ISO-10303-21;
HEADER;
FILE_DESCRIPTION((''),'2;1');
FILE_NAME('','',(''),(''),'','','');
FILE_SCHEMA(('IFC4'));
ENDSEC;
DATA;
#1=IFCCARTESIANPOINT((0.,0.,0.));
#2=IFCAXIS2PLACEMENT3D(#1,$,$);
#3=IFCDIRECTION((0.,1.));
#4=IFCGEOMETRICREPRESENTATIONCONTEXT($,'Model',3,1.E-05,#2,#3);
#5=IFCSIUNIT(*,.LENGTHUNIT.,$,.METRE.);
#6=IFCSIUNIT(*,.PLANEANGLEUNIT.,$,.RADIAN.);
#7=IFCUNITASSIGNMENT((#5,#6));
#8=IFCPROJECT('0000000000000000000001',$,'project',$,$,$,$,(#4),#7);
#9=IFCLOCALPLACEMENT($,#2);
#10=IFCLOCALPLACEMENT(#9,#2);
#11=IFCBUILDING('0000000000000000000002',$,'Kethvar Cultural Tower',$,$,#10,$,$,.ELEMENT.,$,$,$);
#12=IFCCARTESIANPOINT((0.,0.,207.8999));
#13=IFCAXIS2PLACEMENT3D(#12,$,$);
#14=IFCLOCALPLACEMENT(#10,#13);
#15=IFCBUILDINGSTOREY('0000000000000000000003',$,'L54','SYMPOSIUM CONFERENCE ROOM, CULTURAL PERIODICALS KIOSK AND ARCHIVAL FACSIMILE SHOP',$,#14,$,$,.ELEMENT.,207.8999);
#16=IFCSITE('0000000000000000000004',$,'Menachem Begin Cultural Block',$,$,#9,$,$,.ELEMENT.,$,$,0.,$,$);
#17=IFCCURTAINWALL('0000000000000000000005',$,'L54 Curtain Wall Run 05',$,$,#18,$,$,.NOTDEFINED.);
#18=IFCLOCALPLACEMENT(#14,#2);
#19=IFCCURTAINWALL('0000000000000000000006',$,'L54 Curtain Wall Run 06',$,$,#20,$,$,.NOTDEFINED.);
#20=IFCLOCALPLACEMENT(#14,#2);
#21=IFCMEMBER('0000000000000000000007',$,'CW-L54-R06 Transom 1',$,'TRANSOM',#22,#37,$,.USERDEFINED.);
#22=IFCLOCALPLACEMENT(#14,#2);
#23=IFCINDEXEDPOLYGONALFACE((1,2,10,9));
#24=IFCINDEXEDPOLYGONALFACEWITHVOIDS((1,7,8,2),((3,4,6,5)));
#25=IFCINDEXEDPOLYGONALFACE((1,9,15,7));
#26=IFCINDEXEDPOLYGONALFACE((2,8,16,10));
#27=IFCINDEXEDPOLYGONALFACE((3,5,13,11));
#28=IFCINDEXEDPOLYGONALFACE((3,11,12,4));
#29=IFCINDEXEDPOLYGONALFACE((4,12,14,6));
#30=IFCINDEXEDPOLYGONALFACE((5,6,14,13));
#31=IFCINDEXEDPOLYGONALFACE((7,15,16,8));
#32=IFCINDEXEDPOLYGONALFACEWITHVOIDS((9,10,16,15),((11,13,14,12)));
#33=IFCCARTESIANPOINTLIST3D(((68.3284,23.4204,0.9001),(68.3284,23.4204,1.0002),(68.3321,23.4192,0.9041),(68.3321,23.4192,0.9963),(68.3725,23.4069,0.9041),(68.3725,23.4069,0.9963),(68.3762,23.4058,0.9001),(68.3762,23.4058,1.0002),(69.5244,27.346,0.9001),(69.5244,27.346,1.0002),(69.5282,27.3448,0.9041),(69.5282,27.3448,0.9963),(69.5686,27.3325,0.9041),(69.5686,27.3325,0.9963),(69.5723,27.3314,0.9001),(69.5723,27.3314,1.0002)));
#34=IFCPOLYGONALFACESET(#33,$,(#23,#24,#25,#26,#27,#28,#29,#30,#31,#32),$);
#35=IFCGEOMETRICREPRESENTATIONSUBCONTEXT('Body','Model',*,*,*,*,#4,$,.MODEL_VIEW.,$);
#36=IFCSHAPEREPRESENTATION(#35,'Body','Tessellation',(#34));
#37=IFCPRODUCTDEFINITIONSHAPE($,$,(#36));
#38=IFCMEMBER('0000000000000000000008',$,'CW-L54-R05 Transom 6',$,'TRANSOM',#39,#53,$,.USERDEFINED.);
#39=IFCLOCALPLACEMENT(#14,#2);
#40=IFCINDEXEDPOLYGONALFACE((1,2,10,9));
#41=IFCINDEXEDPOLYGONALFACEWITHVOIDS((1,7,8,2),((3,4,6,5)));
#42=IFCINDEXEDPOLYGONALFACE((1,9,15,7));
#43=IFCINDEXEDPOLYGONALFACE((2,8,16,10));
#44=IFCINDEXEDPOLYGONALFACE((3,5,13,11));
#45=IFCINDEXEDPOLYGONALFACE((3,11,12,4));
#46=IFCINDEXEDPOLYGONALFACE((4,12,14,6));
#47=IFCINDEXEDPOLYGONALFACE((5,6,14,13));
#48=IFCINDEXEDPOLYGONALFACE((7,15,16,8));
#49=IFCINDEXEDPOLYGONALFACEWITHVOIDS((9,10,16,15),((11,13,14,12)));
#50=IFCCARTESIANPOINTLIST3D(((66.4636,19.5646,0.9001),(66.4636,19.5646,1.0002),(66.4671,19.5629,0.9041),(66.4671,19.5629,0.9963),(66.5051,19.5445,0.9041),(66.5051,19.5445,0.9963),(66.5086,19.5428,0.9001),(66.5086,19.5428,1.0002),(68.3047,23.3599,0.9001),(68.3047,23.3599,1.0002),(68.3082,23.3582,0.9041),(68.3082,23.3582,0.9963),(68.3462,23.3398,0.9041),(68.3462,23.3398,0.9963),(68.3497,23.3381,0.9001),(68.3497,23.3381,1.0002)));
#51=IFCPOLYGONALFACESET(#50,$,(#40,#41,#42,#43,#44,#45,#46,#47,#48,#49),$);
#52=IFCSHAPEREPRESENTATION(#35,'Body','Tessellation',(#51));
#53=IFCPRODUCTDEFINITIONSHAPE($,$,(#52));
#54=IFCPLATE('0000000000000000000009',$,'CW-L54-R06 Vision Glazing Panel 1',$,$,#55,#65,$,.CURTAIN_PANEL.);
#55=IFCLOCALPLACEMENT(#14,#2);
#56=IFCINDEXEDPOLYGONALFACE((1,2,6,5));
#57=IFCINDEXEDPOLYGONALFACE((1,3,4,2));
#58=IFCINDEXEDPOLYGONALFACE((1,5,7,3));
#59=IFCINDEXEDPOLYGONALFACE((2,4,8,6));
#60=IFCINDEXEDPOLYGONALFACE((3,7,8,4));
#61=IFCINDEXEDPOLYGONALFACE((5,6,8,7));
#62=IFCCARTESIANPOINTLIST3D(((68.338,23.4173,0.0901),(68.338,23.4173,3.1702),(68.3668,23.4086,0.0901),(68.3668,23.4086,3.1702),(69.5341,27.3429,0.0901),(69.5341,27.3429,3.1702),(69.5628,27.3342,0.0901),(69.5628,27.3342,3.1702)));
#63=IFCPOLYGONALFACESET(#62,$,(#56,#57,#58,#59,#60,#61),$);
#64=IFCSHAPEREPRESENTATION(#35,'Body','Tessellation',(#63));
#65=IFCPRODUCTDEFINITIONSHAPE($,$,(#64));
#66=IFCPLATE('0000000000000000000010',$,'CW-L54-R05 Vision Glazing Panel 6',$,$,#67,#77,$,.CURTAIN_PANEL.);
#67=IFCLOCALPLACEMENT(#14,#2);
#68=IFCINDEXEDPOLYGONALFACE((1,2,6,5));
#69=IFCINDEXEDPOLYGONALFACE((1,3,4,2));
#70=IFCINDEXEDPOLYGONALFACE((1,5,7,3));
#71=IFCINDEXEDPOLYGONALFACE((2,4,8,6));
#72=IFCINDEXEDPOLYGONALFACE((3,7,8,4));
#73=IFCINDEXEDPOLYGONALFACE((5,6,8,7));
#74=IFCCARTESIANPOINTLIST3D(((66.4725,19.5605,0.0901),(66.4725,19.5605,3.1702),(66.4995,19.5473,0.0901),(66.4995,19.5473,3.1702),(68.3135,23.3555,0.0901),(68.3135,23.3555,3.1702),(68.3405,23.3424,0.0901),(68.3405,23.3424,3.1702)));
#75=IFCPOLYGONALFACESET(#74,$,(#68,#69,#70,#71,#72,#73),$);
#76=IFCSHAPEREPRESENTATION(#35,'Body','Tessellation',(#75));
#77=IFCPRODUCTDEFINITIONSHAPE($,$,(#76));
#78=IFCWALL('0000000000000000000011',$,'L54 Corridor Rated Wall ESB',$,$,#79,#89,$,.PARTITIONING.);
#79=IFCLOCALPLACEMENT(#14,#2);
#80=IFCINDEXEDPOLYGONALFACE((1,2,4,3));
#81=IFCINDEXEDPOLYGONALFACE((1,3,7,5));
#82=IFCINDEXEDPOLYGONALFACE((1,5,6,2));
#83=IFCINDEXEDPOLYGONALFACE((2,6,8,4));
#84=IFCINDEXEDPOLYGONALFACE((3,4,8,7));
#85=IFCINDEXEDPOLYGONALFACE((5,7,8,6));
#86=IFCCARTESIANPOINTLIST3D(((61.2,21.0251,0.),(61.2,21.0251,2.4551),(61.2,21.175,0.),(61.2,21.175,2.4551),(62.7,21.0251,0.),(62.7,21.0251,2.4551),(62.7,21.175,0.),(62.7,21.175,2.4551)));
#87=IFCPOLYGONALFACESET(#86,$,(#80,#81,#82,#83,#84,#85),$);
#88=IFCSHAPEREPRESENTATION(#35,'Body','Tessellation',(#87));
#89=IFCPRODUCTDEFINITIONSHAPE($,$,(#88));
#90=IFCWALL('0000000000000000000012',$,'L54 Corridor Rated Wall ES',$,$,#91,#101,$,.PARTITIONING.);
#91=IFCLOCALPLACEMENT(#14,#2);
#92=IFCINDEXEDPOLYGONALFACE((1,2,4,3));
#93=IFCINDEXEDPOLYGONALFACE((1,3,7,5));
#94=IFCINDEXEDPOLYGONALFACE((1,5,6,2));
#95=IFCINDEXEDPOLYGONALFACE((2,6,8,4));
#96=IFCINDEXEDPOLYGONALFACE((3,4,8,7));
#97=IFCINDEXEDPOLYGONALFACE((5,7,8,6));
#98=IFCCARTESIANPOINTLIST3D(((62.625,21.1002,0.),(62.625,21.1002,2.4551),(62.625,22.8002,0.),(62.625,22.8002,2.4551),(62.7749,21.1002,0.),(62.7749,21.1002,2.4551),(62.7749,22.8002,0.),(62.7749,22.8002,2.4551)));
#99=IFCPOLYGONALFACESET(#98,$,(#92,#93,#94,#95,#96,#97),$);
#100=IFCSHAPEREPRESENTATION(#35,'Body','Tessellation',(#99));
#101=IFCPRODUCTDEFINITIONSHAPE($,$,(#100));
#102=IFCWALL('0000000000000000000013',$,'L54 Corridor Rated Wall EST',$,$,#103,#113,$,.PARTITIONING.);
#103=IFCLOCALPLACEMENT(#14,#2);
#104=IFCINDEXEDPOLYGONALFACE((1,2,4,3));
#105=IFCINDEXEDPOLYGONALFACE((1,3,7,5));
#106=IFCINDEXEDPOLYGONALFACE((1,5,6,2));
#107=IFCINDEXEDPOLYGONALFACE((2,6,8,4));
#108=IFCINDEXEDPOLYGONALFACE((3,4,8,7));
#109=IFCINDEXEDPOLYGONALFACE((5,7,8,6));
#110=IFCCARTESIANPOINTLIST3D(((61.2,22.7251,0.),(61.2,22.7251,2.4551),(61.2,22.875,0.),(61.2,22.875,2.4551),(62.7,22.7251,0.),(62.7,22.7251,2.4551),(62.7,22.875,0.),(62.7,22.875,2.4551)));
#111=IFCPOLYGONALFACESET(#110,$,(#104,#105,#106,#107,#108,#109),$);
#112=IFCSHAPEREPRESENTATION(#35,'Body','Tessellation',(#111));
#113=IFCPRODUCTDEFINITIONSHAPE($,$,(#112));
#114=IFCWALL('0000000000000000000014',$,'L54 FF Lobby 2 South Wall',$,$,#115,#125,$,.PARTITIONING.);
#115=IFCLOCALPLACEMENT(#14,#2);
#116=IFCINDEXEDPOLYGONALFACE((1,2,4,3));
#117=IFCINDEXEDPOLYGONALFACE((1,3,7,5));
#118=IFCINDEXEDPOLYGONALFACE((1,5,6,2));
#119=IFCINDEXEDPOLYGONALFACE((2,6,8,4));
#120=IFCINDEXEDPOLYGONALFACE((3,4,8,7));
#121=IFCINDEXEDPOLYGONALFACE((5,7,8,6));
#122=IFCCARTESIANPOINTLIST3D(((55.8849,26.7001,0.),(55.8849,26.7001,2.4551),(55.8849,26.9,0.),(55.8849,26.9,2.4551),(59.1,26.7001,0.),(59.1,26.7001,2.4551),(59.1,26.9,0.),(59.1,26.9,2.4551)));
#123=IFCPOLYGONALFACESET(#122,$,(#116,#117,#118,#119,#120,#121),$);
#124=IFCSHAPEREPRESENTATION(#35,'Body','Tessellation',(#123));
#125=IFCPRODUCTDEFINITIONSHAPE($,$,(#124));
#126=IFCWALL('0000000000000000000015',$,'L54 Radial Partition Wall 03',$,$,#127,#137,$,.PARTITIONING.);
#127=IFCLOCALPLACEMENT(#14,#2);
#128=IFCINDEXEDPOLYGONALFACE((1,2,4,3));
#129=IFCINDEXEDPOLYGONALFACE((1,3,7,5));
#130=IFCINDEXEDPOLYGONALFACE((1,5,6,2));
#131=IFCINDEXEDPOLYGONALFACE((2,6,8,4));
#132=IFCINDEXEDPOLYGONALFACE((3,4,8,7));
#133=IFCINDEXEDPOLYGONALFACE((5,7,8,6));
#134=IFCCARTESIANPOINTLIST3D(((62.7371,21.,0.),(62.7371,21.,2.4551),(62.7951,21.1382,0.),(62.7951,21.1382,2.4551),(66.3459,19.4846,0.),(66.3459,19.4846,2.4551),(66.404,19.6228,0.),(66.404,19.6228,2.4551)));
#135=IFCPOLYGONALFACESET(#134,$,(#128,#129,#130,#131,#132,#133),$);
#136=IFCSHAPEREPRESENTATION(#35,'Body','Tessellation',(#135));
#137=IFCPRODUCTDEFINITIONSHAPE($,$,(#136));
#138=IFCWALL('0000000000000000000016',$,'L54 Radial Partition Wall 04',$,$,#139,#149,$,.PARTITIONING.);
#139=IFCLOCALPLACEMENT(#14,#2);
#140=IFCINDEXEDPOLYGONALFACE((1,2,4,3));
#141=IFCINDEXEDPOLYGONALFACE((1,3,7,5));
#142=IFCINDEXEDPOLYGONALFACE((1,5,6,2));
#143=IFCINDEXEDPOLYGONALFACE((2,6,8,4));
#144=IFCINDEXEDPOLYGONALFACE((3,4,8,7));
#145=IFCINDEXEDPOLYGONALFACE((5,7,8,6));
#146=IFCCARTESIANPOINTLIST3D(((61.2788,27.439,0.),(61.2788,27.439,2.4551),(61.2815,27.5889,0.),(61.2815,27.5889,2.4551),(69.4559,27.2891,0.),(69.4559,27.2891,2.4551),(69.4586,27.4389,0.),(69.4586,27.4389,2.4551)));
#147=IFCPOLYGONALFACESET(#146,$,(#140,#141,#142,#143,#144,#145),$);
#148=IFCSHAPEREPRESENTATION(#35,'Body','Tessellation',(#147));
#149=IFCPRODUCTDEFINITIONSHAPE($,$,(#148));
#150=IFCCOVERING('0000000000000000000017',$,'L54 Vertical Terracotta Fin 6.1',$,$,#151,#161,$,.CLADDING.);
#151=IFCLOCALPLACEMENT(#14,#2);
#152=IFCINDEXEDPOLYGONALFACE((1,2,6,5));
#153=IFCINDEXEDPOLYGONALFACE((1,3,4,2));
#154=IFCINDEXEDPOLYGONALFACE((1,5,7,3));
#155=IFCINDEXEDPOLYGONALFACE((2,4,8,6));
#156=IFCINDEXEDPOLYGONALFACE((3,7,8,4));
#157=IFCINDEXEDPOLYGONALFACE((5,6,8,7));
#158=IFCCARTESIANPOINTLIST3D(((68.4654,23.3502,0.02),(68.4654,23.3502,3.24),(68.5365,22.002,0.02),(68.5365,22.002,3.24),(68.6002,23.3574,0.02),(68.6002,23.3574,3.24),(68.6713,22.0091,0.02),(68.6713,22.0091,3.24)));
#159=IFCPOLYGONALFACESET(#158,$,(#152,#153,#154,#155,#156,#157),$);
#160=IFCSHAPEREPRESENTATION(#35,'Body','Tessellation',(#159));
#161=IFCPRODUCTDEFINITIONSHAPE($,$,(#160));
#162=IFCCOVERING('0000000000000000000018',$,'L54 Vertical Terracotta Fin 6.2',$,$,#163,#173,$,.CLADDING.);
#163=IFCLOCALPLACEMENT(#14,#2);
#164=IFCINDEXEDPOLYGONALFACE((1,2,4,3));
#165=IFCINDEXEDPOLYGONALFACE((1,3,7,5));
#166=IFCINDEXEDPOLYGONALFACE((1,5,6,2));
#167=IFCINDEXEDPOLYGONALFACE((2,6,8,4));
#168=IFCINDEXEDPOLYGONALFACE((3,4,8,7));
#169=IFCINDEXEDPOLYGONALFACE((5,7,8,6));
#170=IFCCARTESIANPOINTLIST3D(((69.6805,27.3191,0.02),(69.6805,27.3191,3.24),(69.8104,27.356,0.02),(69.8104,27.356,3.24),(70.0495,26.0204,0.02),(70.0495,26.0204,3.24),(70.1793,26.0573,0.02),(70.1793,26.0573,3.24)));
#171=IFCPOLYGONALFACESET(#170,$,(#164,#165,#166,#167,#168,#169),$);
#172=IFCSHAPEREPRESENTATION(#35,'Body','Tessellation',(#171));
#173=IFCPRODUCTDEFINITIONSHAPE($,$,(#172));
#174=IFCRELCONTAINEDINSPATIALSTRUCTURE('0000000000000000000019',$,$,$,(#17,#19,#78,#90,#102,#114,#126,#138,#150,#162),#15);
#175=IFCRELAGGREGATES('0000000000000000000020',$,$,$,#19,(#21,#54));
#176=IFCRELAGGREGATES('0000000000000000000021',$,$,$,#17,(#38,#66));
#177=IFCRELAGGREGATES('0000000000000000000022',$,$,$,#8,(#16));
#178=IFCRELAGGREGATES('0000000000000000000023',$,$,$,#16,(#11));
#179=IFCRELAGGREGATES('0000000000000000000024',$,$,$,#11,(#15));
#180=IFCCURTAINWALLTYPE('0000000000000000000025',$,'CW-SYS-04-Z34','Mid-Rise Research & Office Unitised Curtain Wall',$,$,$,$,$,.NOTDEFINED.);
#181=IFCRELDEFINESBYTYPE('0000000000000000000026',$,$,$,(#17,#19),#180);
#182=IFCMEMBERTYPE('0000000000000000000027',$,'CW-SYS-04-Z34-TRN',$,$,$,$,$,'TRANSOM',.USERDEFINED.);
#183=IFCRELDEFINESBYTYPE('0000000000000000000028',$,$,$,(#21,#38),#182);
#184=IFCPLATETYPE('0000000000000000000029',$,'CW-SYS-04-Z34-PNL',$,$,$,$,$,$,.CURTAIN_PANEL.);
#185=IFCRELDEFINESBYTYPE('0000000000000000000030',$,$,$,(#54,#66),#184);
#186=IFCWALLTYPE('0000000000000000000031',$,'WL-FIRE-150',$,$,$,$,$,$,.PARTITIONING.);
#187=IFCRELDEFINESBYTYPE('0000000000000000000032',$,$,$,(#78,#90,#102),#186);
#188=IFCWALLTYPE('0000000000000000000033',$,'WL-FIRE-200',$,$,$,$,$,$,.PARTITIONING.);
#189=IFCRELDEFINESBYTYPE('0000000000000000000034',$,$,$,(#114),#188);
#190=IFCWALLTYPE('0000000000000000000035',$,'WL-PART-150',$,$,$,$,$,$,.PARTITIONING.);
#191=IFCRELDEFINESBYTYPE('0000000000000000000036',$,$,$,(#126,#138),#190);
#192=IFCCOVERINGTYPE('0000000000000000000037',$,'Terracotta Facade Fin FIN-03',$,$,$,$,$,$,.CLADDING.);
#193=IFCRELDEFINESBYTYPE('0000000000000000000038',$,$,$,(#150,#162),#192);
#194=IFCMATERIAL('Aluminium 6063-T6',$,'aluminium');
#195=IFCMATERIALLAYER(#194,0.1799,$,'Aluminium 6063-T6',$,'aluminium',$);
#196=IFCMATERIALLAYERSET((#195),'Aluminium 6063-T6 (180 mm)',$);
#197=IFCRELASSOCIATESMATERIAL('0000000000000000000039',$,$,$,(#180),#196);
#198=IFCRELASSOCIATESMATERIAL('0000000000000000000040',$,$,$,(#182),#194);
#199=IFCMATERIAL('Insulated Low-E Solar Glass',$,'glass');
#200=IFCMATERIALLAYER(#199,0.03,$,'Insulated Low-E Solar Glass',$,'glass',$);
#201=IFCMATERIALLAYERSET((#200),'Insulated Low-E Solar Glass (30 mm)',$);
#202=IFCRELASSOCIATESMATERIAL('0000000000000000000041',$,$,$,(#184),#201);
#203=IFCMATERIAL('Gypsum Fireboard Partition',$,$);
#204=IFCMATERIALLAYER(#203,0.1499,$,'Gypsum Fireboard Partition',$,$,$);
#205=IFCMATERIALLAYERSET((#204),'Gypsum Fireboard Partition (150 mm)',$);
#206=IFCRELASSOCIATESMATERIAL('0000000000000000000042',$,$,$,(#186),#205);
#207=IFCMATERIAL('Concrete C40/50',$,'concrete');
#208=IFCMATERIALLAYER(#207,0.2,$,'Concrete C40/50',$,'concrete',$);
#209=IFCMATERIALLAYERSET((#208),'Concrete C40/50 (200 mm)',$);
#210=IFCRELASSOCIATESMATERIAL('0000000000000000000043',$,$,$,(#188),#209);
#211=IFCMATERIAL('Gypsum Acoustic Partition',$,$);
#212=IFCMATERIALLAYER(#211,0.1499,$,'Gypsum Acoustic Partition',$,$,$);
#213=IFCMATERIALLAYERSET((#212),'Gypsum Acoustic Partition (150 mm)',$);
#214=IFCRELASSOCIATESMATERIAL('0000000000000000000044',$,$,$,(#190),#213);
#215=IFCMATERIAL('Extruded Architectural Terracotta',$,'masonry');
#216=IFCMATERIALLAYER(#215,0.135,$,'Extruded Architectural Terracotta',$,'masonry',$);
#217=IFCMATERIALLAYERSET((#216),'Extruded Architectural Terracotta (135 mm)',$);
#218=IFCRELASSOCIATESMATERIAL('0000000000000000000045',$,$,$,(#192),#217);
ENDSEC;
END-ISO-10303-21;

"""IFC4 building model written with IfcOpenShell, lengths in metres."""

from ifc_helpers import new_model, si_unit, direction, frame, frame_2d, origin, origin_2d, place, context, subcontext, project, spatial, rectangle, hollow_rectangle, extrude, source, transform, mapped, material, layer, layer_set, material_profile, profile_set, type_object, element, aggregate, save


model = new_model("IFC4")

# Units and contexts
model_context = context("Model", 3, precision=1e-05, world=origin(), true_north=direction((0.0, 1.0)))
body_context = subcontext(model_context, "Body", "Model", "MODEL_VIEW")
ifc_project = project(units=[si_unit("LENGTHUNIT", "METRE"), si_unit("PLANEANGLEUNIT", "RADIAN")], contexts=[model_context])

# Site, building, storey
site_placement = place(None, origin())
site = spatial("IfcSite", under=ifc_project, at=site_placement, Name="Menachem Begin Cultural Block", CompositionType="ELEMENT", RefElevation=0.0)
building_placement = place(site_placement, origin())
building = spatial("IfcBuilding", under=site, at=building_placement, Name="Kethvar Cultural Tower", CompositionType="ELEMENT")
storey_placement = place(building_placement, frame((0.0, 0.0, 207.8999)))
storey = spatial("IfcBuildingStorey", under=building, at=storey_placement, Name="L54", Description="SYMPOSIUM CONFERENCE ROOM, CULTURAL PERIODICALS KIOSK AND ARCHIVAL FACSIMILE SHOP", CompositionType="ELEMENT", Elevation=207.8999)

# Curtain walls, member
ifc_material_1 = material(Name="Aluminium 6063-T6", Category="aluminium")
ifc_layer_1 = layer(ifc_material_1, 0.1799, Name="Aluminium 6063-T6", Category="aluminium")
ifc_layer_set_1 = layer_set([ifc_layer_1], Name="Aluminium 6063-T6 (180 mm)")
curtain_wall_type = type_object("IfcCurtainWallType", Name="CW-SYS-04-Z34", Description="Mid-Rise Research & Office Unitised Curtain Wall", PredefinedType="NOTDEFINED", material=ifc_layer_set_1)
curtain_wall_1_placement = place(storey_placement, origin())
curtain_wall_1 = element("IfcCurtainWall", 1, at=curtain_wall_1_placement, inside=storey, type_object=curtain_wall_type, Name="L54 Curtain Wall Run 05", PredefinedType="NOTDEFINED")
curtain_wall_2_placement = place(storey_placement, origin())
curtain_wall_2 = element("IfcCurtainWall", 2, at=curtain_wall_2_placement, inside=storey, type_object=curtain_wall_type, Name="L54 Curtain Wall Run 06", PredefinedType="NOTDEFINED")
ifc_material_profile_1 = material_profile(ifc_material_1, hollow_rectangle(XDim=0.05, YDim=0.1001, WallThickness=0.0039, at=origin_2d()), Name="Aluminium 6063-T6 — RHS100x50x4")
ifc_profile_set_1 = profile_set([ifc_material_profile_1], Name="Aluminium 6063-T6 — RHS100x50x4")
member_type_1 = type_object("IfcMemberType", Name="CW-SYS-04-Z34-TRN", ElementType="TRANSOM", PredefinedType="USERDEFINED", material=ifc_profile_set_1)
shared_shape_1 = source(origin(), body_context, "Body", "SweptSolid", [
    extrude(hollow_rectangle(XDim=0.05, YDim=0.1001, WallThickness=0.0039, at=origin_2d()), origin(), (0.0, 0.0, 1.0), 4.1038),
])
member_1_placement = place(storey_placement, frame((68.3523, 23.4131, 0.9502), z_axis=(0.291455, 0.956584, 0.0), x_axis=(-0.956584, 0.291455, 0.0)))
member_1 = element("IfcMember", 3, at=member_1_placement, type_object=member_type_1, Name="CW-L54-R06 Transom 1", ObjectType="TRANSOM", PredefinedType="USERDEFINED", context=body_context, shape_type="MappedRepresentation", body=[
    mapped(shared_shape_1, transform((0.0, 0.0, 0.0), scale=1.0)),
])

# Member
shared_shape_2 = source(origin(), body_context, "Body", "SweptSolid", [
    extrude(hollow_rectangle(XDim=0.05, YDim=0.1001, WallThickness=0.0039, at=origin_2d()), origin(), (0.0, 0.0, 1.0), 4.2183),
])
member_2_placement = place(storey_placement, frame((66.4861, 19.5537, 0.9502), z_axis=(0.436462, 0.899723, 0.0), x_axis=(-0.899723, 0.436462, 0.0)))
member_2 = element("IfcMember", 4, at=member_2_placement, type_object=member_type_1, Name="CW-L54-R05 Transom 6", ObjectType="TRANSOM", PredefinedType="USERDEFINED", context=body_context, shape_type="MappedRepresentation", body=[
    mapped(shared_shape_2, transform((0.0, 0.0, 0.0), scale=1.0)),
])

# Plates
ifc_material_2 = material(Name="Insulated Low-E Solar Glass", Category="glass")
ifc_layer_2 = layer(ifc_material_2, 0.03, Name="Insulated Low-E Solar Glass", Category="glass")
ifc_layer_set_2 = layer_set([ifc_layer_2], Name="Insulated Low-E Solar Glass (30 mm)")
plate_type = type_object("IfcPlateType", Name="CW-SYS-04-Z34-PNL", PredefinedType="CURTAIN_PANEL", material=ifc_layer_set_2)
shared_shape_3 = source(origin(), body_context, "Body", "SweptSolid", [
    extrude(rectangle(XDim=4.1038, YDim=0.03, at=origin_2d()), origin(), (0.0, 0.0, 1.0), 3.0801),
])
plate_1_placement = place(storey_placement, frame((68.9504, 25.3757, 0.0901), z_axis=(0.0, 0.0, 1.0), x_axis=(0.291454, 0.956585, 0.0)))
plate_1 = element("IfcPlate", 5, at=plate_1_placement, type_object=plate_type, Name="CW-L54-R06 Vision Glazing Panel 1", PredefinedType="CURTAIN_PANEL", context=body_context, shape_type="MappedRepresentation", body=[
    mapped(shared_shape_3, transform((0.0, 0.0, 0.0), scale=1.0)),
])
aggregate(curtain_wall_2, [member_1, plate_1])
shared_shape_4 = source(origin(), body_context, "Body", "SweptSolid", [
    extrude(rectangle(XDim=4.218, YDim=0.03, at=origin_2d()), origin(), (0.0, 0.0, 1.0), 3.0801),
])
plate_2_placement = place(storey_placement, frame((67.4065, 21.4514, 0.0901), z_axis=(0.0, 0.0, 1.0), x_axis=(0.436472, 0.899718, 0.0)))
plate_2 = element("IfcPlate", 6, at=plate_2_placement, type_object=plate_type, Name="CW-L54-R05 Vision Glazing Panel 6", PredefinedType="CURTAIN_PANEL", context=body_context, shape_type="MappedRepresentation", body=[
    mapped(shared_shape_4, transform((0.0, 0.0, 0.0), scale=1.0)),
])
aggregate(curtain_wall_1, [member_2, plate_2])

# Walls
ifc_material_3 = material(Name="Gypsum Fireboard Partition")
ifc_layer_3 = layer(ifc_material_3, 0.1499, Name="Gypsum Fireboard Partition")
ifc_layer_set_3 = layer_set([ifc_layer_3], Name="Gypsum Fireboard Partition (150 mm)")
wall_type_1 = type_object("IfcWallType", Name="WL-FIRE-150", PredefinedType="PARTITIONING", material=ifc_layer_set_3)
wall_1_placement = place(storey_placement, frame((61.2, 21.1001, 0.0), z_axis=(0.0, 0.0, 1.0), x_axis=(1.0, 0.0, 0.0)))
element("IfcWall", 7, at=wall_1_placement, inside=storey, type_object=wall_type_1, Name="L54 Corridor Rated Wall ESB", PredefinedType="PARTITIONING", context=body_context, shape_type="SweptSolid", body=[
    extrude(rectangle(XDim=1.5, YDim=0.1499, at=frame_2d((0.75, 0.0))), origin(), (0.0, 0.0, 1.0), 2.4551),
])
wall_2_placement = place(storey_placement, frame((62.7, 21.1001, 0.0), z_axis=(0.0, 0.0, 1.0), x_axis=(0.0, 1.0, 0.0)))
element("IfcWall", 8, at=wall_2_placement, inside=storey, type_object=wall_type_1, Name="L54 Corridor Rated Wall ES", PredefinedType="PARTITIONING", context=body_context, shape_type="SweptSolid", body=[
    extrude(rectangle(XDim=1.7, YDim=0.1499, at=frame_2d((0.8501, 0.0))), origin(), (0.0, 0.0, 1.0), 2.4551),
])
wall_3_placement = place(storey_placement, frame((62.7, 22.8, 0.0), z_axis=(0.0, 0.0, 1.0), x_axis=(-1.0, 0.0, 0.0)))
element("IfcWall", 9, at=wall_3_placement, inside=storey, type_object=wall_type_1, Name="L54 Corridor Rated Wall EST", PredefinedType="PARTITIONING", context=body_context, shape_type="SweptSolid", body=[
    extrude(rectangle(XDim=1.5, YDim=0.1499, at=frame_2d((0.75, 0.0))), origin(), (0.0, 0.0, 1.0), 2.4551),
])

# Shared definitions
ifc_material_4 = material(Name="Concrete C40/50", Category="concrete")
ifc_layer_4 = layer(ifc_material_4, 0.2, Name="Concrete C40/50", Category="concrete")
ifc_layer_set_4 = layer_set([ifc_layer_4], Name="Concrete C40/50 (200 mm)")
wall_type_2 = type_object("IfcWallType", Name="WL-FIRE-200", PredefinedType="PARTITIONING", material=ifc_layer_set_4)

# Walls
wall_4_placement = place(storey_placement, frame((55.885, 26.8, 0.0), z_axis=(0.0, 0.0, 1.0), x_axis=(1.0, 0.0, 0.0)))
element("IfcWall", 10, at=wall_4_placement, inside=storey, type_object=wall_type_2, Name="L54 FF Lobby 2 South Wall", PredefinedType="PARTITIONING", context=body_context, shape_type="SweptSolid", body=[
    extrude(rectangle(XDim=3.2151, YDim=0.2, at=frame_2d((1.6074, 0.0))), origin(), (0.0, 0.0, 1.0), 2.4551),
])
ifc_material_5 = material(Name="Gypsum Acoustic Partition")
ifc_layer_5 = layer(ifc_material_5, 0.1499, Name="Gypsum Acoustic Partition")
ifc_layer_set_5 = layer_set([ifc_layer_5], Name="Gypsum Acoustic Partition (150 mm)")
wall_type_3 = type_object("IfcWallType", Name="WL-PART-150", PredefinedType="PARTITIONING", material=ifc_layer_set_5)
wall_5_placement = place(storey_placement, frame((62.7661, 21.0691, 0.0), z_axis=(0.0, 0.0, 1.0), x_axis=(0.922014, -0.387156, 0.0)))
element("IfcWall", 11, at=wall_5_placement, inside=storey, type_object=wall_type_3, Name="L54 Radial Partition Wall 03", PredefinedType="PARTITIONING", context=body_context, shape_type="SweptSolid", body=[
    extrude(rectangle(XDim=3.9141, YDim=0.1499, at=frame_2d((1.957, 0.0))), origin(), (0.0, 0.0, 1.0), 2.4551),
])
wall_6_placement = place(storey_placement, frame((61.28, 27.5139, 0.0), z_axis=(0.0, 0.0, 1.0), x_axis=(0.999832, -0.018329, 0.0)))
element("IfcWall", 12, at=wall_6_placement, inside=storey, type_object=wall_type_3, Name="L54 Radial Partition Wall 04", PredefinedType="PARTITIONING", context=body_context, shape_type="SweptSolid", body=[
    extrude(rectangle(XDim=8.1785, YDim=0.1499, at=frame_2d((4.0894, 0.0))), origin(), (0.0, 0.0, 1.0), 2.4551),
])

# Coverings
ifc_material_6 = material(Name="Extruded Architectural Terracotta", Category="masonry")
ifc_layer_6 = layer(ifc_material_6, 0.135, Name="Extruded Architectural Terracotta", Category="masonry")
ifc_layer_set_6 = layer_set([ifc_layer_6], Name="Extruded Architectural Terracotta (135 mm)")
covering_type = type_object("IfcCoveringType", Name="Terracotta Facade Fin FIN-03", PredefinedType="CLADDING", material=ifc_layer_set_6)
shared_shape_5 = source(origin(), body_context, "Body", "SweptSolid", [
    extrude(rectangle(XDim=1.3501, YDim=0.135, at=origin_2d()), origin(), (0.0, 0.0, 1.0), 3.22),
])
for number, where, z_axis, x_axis, name in (
    (13, (68.5684, 22.6797, 0.02), (0.0, 0.0, 1.0), (0.052685, -0.998611, 0.0), "L54 Vertical Terracotta Fin 6.1"),
    (14, (69.9299, 26.6882, 0.02), (0.0, 0.0, 1.0), (0.273288, -0.961932, 0.0), "L54 Vertical Terracotta Fin 6.2"),
):
    element("IfcCovering", number, at=place(storey_placement, frame(where, z_axis=z_axis, x_axis=x_axis)), inside=storey, type_object=covering_type, Name=name, PredefinedType="CLADDING", context=body_context, shape_type="MappedRepresentation", body=[
        mapped(shared_shape_5, transform((0.0, 0.0, 0.0), scale=1.0)),
    ])

save(model, "model.ifc")
